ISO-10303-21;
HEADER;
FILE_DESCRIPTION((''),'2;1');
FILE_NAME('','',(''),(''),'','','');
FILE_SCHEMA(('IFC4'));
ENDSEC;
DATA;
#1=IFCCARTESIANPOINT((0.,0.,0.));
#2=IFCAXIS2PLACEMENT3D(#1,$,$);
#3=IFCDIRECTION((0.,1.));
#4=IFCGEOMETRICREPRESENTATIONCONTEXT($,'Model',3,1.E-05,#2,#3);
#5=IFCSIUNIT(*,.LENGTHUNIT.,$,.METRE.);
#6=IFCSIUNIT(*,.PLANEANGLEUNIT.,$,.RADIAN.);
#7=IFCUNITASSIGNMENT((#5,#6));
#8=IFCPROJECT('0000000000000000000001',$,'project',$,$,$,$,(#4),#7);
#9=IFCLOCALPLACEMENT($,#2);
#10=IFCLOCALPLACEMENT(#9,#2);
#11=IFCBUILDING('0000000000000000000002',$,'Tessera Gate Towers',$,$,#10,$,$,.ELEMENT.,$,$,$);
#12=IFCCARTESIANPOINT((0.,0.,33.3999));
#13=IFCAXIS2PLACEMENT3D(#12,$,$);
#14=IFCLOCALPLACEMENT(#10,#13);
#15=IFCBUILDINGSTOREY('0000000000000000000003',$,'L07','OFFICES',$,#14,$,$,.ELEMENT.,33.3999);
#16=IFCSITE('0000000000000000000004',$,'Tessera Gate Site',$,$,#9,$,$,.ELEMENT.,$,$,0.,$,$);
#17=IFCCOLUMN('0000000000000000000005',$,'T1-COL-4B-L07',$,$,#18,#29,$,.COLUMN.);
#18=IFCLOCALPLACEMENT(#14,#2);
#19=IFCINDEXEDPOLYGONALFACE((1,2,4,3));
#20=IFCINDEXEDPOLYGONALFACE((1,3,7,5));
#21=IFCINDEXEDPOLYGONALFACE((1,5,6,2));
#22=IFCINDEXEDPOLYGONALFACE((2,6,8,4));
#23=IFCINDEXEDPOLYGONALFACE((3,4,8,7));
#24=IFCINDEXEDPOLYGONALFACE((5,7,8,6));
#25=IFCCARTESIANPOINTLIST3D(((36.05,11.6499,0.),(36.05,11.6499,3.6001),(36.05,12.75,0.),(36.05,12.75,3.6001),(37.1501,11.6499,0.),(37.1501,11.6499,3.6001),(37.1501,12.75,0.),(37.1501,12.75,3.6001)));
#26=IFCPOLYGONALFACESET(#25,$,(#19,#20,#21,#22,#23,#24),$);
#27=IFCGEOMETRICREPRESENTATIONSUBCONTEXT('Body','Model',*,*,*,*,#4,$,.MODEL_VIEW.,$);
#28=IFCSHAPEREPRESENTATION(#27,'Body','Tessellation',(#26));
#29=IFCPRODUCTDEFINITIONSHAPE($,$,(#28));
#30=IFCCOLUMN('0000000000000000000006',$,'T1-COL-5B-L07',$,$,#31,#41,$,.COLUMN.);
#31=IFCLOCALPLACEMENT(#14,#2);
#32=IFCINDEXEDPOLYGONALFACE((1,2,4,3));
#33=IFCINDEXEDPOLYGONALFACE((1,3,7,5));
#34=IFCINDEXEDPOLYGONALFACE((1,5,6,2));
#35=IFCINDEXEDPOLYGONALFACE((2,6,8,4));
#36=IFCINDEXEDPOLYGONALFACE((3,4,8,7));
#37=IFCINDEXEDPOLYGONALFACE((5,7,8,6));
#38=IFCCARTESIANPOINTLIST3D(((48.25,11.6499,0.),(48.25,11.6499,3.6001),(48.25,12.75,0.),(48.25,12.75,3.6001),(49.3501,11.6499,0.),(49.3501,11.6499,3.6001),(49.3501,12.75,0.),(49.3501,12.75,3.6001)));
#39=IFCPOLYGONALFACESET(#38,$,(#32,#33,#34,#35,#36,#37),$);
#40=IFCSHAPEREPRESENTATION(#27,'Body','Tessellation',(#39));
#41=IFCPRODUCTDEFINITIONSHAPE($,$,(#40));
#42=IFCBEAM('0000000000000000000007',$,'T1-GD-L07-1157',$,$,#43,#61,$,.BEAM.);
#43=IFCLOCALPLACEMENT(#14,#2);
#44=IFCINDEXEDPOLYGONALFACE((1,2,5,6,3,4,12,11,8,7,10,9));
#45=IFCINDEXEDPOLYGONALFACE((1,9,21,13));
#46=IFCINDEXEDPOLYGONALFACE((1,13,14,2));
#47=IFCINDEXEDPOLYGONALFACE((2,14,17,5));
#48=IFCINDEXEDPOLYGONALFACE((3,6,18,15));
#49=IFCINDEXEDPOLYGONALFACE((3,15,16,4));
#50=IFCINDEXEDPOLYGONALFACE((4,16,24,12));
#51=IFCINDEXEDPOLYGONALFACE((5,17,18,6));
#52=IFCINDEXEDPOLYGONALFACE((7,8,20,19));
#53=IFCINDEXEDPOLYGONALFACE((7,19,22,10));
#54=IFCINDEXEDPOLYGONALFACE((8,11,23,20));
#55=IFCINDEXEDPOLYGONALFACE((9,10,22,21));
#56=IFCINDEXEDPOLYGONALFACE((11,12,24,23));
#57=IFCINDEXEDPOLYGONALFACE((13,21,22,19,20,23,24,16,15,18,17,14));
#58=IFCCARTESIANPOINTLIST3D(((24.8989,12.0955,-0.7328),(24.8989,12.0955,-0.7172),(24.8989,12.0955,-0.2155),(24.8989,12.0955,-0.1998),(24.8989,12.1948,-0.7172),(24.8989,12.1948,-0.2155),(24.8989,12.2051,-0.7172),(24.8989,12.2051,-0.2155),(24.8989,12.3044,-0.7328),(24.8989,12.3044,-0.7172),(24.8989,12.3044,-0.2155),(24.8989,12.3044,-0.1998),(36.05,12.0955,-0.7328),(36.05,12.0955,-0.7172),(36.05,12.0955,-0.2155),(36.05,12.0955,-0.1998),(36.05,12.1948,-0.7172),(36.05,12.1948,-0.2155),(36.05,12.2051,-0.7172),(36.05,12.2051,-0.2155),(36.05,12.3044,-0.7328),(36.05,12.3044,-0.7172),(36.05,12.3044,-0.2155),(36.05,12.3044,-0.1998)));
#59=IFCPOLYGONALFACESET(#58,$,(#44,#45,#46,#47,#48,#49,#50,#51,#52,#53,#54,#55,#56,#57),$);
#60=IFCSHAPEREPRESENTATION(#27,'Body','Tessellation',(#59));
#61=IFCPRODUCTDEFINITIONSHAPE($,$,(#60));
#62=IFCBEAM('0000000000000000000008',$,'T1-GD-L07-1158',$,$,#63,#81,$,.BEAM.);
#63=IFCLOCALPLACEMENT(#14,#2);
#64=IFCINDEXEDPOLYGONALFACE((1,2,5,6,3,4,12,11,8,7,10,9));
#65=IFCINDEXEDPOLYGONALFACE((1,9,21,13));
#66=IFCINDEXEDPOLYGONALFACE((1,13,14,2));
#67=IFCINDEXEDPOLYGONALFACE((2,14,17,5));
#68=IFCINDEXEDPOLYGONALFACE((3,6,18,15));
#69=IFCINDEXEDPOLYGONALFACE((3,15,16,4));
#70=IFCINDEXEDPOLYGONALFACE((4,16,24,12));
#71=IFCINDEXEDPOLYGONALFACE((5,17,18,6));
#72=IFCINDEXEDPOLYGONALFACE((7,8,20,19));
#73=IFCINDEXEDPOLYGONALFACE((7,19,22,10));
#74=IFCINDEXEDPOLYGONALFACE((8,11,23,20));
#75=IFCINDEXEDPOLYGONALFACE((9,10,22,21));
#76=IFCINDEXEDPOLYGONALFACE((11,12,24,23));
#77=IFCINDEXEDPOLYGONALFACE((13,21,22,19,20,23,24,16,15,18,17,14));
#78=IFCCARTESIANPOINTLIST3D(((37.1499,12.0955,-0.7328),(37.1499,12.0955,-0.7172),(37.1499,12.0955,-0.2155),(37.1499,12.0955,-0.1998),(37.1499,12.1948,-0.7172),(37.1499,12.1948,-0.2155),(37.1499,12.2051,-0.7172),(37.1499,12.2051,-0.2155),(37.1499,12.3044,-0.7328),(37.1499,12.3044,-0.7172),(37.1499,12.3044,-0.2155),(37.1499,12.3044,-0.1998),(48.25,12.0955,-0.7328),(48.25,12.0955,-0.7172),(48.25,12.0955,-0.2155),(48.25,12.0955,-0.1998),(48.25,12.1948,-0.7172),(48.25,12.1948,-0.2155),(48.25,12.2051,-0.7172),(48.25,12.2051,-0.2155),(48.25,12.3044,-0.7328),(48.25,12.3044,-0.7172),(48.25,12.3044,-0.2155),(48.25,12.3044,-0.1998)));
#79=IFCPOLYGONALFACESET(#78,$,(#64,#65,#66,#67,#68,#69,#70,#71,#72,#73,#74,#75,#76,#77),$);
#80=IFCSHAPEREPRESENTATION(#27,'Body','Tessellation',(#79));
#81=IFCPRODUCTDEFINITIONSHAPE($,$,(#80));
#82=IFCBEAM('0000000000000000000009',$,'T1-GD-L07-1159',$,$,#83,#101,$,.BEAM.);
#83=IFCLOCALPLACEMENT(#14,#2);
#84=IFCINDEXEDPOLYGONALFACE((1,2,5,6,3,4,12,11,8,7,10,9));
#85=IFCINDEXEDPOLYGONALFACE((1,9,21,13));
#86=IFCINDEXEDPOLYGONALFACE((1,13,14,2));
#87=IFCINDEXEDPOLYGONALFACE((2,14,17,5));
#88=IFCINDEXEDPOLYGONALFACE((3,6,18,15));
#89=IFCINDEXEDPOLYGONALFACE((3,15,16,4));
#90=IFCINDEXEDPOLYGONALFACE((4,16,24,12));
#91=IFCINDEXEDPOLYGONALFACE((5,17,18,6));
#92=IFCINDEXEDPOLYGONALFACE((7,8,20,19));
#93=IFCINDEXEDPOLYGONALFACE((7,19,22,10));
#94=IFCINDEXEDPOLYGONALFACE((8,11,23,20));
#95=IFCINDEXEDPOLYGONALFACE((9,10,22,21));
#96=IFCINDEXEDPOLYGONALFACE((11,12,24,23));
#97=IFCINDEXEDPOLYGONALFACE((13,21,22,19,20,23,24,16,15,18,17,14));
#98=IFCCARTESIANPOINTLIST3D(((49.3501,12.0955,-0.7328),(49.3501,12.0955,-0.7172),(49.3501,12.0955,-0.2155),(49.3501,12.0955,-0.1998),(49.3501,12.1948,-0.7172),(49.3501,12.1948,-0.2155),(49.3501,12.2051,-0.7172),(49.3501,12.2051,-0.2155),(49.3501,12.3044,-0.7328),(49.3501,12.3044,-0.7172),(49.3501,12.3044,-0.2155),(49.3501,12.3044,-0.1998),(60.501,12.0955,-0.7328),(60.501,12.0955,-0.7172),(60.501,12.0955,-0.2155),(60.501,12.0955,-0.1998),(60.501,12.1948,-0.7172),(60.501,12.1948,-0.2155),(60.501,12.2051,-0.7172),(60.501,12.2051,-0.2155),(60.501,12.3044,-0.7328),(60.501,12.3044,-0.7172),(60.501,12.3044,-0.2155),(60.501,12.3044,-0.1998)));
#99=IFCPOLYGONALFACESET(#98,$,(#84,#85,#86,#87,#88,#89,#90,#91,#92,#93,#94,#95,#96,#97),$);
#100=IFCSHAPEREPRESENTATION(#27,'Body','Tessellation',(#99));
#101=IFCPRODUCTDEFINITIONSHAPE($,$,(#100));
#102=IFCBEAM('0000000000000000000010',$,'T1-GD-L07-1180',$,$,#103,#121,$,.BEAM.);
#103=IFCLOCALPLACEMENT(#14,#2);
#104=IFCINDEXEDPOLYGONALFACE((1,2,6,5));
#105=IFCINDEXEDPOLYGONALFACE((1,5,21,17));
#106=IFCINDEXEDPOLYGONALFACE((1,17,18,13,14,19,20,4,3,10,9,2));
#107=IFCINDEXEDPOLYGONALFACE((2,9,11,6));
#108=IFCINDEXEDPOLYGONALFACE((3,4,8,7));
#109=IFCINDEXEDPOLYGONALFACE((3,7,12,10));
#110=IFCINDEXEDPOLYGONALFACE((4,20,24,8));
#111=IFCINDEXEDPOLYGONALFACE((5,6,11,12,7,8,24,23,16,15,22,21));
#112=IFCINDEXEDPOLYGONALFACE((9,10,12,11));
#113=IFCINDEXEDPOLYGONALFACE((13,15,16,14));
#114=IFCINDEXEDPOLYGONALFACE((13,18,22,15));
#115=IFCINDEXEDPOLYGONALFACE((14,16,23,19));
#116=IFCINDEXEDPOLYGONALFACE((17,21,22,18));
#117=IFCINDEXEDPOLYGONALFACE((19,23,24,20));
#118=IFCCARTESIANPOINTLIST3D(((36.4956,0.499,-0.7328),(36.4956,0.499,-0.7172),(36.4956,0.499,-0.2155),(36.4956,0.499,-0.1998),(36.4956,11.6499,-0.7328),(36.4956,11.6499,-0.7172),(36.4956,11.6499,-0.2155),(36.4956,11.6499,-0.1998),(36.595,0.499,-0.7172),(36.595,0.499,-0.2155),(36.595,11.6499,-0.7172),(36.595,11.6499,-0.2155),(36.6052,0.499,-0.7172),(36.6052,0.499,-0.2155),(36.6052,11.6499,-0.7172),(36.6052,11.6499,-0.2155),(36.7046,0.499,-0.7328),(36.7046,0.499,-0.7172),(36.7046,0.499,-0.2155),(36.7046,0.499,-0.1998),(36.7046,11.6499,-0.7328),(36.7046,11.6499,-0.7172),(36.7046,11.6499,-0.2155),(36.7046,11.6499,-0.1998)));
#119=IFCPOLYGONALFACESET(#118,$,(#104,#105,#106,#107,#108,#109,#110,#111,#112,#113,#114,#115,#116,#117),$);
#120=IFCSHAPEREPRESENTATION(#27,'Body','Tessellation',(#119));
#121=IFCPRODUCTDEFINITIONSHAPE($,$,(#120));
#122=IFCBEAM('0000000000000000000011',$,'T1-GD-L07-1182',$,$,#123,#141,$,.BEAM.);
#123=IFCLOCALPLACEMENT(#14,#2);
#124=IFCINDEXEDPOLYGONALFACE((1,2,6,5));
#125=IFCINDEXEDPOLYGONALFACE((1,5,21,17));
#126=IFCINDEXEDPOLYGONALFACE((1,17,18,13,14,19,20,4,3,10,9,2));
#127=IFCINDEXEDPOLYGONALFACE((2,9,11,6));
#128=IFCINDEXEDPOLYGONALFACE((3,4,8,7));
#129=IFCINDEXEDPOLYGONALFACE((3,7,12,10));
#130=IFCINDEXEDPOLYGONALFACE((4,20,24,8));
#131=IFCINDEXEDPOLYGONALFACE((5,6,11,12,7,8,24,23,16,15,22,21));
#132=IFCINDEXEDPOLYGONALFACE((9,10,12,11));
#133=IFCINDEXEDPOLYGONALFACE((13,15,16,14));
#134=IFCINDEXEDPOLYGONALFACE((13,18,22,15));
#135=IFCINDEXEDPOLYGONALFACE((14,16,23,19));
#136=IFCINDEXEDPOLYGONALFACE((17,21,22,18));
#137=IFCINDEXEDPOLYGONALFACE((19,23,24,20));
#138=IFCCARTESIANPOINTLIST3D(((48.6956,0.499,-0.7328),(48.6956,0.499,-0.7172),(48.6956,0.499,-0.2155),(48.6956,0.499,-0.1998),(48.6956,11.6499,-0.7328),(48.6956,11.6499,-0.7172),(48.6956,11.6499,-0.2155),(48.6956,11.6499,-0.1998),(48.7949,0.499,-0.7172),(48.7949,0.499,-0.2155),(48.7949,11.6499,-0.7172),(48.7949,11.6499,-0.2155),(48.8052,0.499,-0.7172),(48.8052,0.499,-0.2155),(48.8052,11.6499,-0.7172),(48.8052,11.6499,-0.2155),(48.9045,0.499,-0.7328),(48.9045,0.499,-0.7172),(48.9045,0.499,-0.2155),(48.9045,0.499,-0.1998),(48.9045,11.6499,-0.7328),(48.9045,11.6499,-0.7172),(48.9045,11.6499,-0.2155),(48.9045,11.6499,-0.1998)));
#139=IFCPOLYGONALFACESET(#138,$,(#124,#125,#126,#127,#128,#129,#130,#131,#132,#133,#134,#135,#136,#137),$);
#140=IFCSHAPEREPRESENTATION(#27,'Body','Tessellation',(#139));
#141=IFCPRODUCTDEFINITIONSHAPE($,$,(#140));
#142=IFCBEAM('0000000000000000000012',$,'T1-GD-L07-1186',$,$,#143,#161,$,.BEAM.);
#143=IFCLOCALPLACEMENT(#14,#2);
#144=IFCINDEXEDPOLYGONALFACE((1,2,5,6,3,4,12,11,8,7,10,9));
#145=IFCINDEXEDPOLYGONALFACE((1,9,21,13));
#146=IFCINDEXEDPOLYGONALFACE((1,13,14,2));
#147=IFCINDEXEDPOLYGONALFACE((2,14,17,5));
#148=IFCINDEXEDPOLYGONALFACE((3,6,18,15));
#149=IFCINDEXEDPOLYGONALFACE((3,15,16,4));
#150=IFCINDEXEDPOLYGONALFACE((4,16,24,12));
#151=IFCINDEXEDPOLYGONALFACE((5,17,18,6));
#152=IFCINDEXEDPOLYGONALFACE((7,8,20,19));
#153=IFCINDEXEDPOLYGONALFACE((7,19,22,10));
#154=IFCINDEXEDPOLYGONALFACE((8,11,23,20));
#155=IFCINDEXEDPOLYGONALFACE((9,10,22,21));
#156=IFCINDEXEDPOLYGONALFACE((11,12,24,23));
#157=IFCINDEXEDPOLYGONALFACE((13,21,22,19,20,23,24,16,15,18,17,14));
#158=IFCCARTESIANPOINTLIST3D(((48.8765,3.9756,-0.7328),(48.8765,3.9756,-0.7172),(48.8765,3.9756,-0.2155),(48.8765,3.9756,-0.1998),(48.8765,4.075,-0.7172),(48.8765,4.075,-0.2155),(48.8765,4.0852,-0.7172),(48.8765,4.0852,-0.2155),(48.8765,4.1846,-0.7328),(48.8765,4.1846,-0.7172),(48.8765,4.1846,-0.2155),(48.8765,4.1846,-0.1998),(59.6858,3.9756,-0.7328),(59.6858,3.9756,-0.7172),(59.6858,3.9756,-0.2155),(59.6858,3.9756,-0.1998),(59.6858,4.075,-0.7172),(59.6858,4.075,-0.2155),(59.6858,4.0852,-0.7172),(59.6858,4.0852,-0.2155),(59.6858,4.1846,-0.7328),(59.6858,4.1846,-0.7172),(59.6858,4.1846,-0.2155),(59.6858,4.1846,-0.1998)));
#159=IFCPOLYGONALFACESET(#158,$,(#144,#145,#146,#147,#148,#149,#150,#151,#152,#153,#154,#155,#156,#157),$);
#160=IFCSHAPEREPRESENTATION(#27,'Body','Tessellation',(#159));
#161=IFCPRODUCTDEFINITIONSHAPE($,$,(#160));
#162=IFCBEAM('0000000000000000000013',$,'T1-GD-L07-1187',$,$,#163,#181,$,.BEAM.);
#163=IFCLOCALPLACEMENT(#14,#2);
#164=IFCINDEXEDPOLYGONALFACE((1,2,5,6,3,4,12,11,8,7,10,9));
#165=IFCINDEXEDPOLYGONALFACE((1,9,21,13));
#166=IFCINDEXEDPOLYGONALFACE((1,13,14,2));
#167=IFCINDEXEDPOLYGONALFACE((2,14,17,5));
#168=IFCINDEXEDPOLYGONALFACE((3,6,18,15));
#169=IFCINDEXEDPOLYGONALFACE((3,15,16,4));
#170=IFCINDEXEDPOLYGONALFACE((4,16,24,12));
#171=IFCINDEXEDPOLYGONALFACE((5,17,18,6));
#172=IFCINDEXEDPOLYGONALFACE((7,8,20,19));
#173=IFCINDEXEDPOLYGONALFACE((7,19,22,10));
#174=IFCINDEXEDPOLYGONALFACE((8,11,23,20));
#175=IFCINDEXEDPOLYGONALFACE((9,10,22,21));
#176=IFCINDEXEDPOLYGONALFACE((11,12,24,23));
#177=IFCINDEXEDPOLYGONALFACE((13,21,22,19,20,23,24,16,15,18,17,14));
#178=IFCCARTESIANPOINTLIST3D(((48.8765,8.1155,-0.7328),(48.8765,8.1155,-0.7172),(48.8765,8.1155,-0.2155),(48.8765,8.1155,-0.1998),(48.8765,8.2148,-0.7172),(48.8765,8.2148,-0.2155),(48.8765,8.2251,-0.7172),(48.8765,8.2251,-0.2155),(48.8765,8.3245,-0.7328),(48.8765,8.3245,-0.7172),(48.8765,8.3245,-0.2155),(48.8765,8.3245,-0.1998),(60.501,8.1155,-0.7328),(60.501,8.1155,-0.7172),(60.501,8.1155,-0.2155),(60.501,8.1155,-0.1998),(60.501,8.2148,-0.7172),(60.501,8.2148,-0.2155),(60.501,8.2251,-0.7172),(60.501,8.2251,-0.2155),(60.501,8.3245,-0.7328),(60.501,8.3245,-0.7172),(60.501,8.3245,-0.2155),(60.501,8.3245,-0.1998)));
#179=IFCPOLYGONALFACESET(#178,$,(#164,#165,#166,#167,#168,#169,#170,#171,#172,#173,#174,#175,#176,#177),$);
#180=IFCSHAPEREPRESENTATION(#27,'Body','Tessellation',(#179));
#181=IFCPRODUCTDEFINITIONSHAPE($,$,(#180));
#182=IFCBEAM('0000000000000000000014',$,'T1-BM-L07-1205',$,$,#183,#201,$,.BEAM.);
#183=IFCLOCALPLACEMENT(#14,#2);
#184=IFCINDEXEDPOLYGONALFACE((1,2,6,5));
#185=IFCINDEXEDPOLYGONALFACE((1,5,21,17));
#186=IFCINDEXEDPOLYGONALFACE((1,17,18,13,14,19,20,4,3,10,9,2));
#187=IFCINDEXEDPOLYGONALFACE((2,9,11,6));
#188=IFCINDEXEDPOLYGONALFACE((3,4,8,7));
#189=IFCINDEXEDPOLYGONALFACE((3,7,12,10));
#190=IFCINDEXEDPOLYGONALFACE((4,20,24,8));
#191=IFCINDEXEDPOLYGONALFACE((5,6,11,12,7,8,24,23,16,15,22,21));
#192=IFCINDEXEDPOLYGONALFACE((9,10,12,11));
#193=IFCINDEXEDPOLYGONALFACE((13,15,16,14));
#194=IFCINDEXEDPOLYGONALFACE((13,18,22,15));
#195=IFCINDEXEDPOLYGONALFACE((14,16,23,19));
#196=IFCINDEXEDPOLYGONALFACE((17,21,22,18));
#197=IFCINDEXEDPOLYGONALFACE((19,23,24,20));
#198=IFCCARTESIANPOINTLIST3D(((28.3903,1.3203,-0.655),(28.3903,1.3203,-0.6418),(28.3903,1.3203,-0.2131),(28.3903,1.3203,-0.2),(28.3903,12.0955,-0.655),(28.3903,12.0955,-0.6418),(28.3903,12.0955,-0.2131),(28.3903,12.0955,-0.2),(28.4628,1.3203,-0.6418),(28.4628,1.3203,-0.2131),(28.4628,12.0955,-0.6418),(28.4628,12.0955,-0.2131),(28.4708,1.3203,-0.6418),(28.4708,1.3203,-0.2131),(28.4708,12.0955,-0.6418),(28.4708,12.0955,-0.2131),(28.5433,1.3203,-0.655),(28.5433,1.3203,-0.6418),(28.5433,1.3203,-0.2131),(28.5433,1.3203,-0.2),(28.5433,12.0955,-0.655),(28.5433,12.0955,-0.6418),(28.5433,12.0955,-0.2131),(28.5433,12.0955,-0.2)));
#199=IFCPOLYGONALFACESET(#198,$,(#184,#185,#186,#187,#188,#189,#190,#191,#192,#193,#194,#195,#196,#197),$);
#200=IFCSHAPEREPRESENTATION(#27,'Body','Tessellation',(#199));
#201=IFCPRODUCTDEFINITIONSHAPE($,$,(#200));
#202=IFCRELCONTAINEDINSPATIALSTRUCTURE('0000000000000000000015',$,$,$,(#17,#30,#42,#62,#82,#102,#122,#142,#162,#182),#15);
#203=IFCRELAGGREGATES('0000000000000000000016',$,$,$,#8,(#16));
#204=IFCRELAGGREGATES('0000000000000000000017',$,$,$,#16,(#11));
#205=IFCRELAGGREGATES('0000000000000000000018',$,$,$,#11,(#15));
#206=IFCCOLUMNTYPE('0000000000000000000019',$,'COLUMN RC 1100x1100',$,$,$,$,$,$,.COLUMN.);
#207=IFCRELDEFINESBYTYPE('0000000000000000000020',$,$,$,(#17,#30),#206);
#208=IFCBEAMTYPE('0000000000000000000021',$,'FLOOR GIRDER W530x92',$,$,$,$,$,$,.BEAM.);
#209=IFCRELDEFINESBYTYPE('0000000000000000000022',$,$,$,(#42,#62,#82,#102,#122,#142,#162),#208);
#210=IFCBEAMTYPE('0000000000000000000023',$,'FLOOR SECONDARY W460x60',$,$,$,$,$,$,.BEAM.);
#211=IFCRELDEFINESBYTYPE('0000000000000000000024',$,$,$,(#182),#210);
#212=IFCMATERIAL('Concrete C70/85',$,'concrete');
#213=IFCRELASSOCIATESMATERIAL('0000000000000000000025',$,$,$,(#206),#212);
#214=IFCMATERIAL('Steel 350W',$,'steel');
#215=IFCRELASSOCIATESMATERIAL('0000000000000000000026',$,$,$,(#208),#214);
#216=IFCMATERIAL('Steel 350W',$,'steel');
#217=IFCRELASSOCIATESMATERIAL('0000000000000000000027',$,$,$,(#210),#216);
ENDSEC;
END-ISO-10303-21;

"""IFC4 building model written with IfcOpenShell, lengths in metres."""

from ifc_helpers import new_model, si_unit, direction, frame, origin, origin_2d, place, context, subcontext, project, spatial, rectangle, i_section, extrude, material, material_profile, profile_set, type_object, element, save


model = new_model("IFC4")

# Units and contexts
model_context = context("Model", 3, precision=1e-05, world=origin(), true_north=direction((0.0, 1.0)))
body_context = subcontext(model_context, "Body", "Model", "MODEL_VIEW")
ifc_project = project(units=[si_unit("LENGTHUNIT", "METRE"), si_unit("PLANEANGLEUNIT", "RADIAN")], contexts=[model_context])

# Site, building, storey
site_placement = place(None, origin())
site = spatial("IfcSite", under=ifc_project, at=site_placement, Name="Tessera Gate Site", CompositionType="ELEMENT", RefElevation=0.0)
building_placement = place(site_placement, origin())
building = spatial("IfcBuilding", under=site, at=building_placement, Name="Tessera Gate Towers", CompositionType="ELEMENT")
storey_placement = place(building_placement, frame((0.0, 0.0, 33.3999)))
storey = spatial("IfcBuildingStorey", under=building, at=storey_placement, Name="L07", Description="OFFICES", CompositionType="ELEMENT", Elevation=33.3999)

# Columns
ifc_material_1 = material(Name="Concrete C70/85", Category="concrete")
ifc_material_profile_1 = material_profile(ifc_material_1, rectangle(XDim=1.1001, YDim=1.1001, at=origin_2d()), Name="RC 1100x1100")
ifc_profile_set_1 = profile_set([ifc_material_profile_1], Name="Concrete C70/85")
column_type = type_object("IfcColumnType", Name="COLUMN RC 1100x1100", PredefinedType="COLUMN", material=ifc_profile_set_1)
for number, where, z_axis, x_axis, name in (
    (1, (36.6001, 12.2, 0.0), (0.0, 0.0, 1.0), (1.0, 0.0, 0.0), "T1-COL-4B-L07"),
    (2, (48.8, 12.2, 0.0), (0.0, 0.0, 1.0), (1.0, 0.0, 0.0), "T1-COL-5B-L07"),
):
    element("IfcColumn", number, at=place(storey_placement, frame(where, z_axis=z_axis, x_axis=x_axis)), inside=storey, type_object=column_type, Name=name, PredefinedType="COLUMN", context=body_context, shape_type="SweptSolid", body=[
        extrude(rectangle(XDim=1.1001, YDim=1.1001, at=origin_2d()), origin(), (0.0, 0.0, 1.0), 3.6001),
    ])

# Beams
ifc_material_2 = material(Name="Steel 350W", Category="steel")
ifc_material_profile_2 = material_profile(ifc_material_2, i_section(OverallWidth=0.209, OverallDepth=0.533, WebThickness=0.0103, FlangeThickness=0.0156, at=origin_2d()), Name="W530x92")
ifc_profile_set_2 = profile_set([ifc_material_profile_2], Name="Steel 350W")
beam_type_1 = type_object("IfcBeamType", Name="FLOOR GIRDER W530x92", PredefinedType="BEAM", material=ifc_profile_set_2)
beam_1_placement = place(storey_placement, frame((24.8989, 12.2, -0.4663), z_axis=(1.0, 0.0, 0.0), x_axis=(0.0, 1.0, 0.0)))
element("IfcBeam", 3, at=beam_1_placement, inside=storey, type_object=beam_type_1, Name="T1-GD-L07-1157", PredefinedType="BEAM", context=body_context, shape_type="SweptSolid", body=[
    extrude(i_section(OverallWidth=0.209, OverallDepth=0.533, WebThickness=0.0103, FlangeThickness=0.0156, at=origin_2d()), origin(), (0.0, 0.0, 1.0), 11.1511),
])
beam_2_placement = place(storey_placement, frame((37.1499, 12.2, -0.4663), z_axis=(1.0, 0.0, 0.0), x_axis=(0.0, 1.0, 0.0)))
element("IfcBeam", 4, at=beam_2_placement, inside=storey, type_object=beam_type_1, Name="T1-GD-L07-1158", PredefinedType="BEAM", context=body_context, shape_type="SweptSolid", body=[
    extrude(i_section(OverallWidth=0.209, OverallDepth=0.533, WebThickness=0.0103, FlangeThickness=0.0156, at=origin_2d()), origin(), (0.0, 0.0, 1.0), 11.1001),
])
for number, where, z_axis, x_axis, name in (
    (5, (49.3501, 12.2, -0.4663), (1.0, 0.0, 0.0), (0.0, 1.0, 0.0), "T1-GD-L07-1159"),
    (6, (36.6001, 0.499, -0.4663), (0.0, 1.0, 0.0), (-1.0, 0.0, 0.0), "T1-GD-L07-1180"),
    (7, (48.8, 0.499, -0.4663), (0.0, 1.0, 0.0), (-1.0, 0.0, 0.0), "T1-GD-L07-1182"),
):
    element("IfcBeam", number, at=place(storey_placement, frame(where, z_axis=z_axis, x_axis=x_axis)), inside=storey, type_object=beam_type_1, Name=name, PredefinedType="BEAM", context=body_context, shape_type="SweptSolid", body=[
        extrude(i_section(OverallWidth=0.209, OverallDepth=0.533, WebThickness=0.0103, FlangeThickness=0.0156, at=origin_2d()), origin(), (0.0, 0.0, 1.0), 11.1509),
    ])
beam_3_placement = place(storey_placement, frame((48.8765, 4.0801, -0.4663), z_axis=(1.0, 0.0, 0.0), x_axis=(0.0, 1.0, 0.0)))
element("IfcBeam", 8, at=beam_3_placement, inside=storey, type_object=beam_type_1, Name="T1-GD-L07-1186", PredefinedType="BEAM", context=body_context, shape_type="SweptSolid", body=[
    extrude(i_section(OverallWidth=0.209, OverallDepth=0.533, WebThickness=0.0103, FlangeThickness=0.0156, at=origin_2d()), origin(), (0.0, 0.0, 1.0), 10.8093),
])
beam_4_placement = place(storey_placement, frame((48.8765, 8.22, -0.4663), z_axis=(1.0, 0.0, 0.0), x_axis=(0.0, 1.0, 0.0)))
element("IfcBeam", 9, at=beam_4_placement, inside=storey, type_object=beam_type_1, Name="T1-GD-L07-1187", PredefinedType="BEAM", context=body_context, shape_type="SweptSolid", body=[
    extrude(i_section(OverallWidth=0.209, OverallDepth=0.533, WebThickness=0.0103, FlangeThickness=0.0156, at=origin_2d()), origin(), (0.0, 0.0, 1.0), 11.6245),
])
ifc_material_3 = material(Name="Steel 350W", Category="steel")
ifc_material_profile_3 = material_profile(ifc_material_3, i_section(OverallWidth=0.1531, OverallDepth=0.4551, WebThickness=0.0081, FlangeThickness=0.0132, at=origin_2d()), Name="W460x60")
ifc_profile_set_3 = profile_set([ifc_material_profile_3], Name="Steel 350W")
beam_type_2 = type_object("IfcBeamType", Name="FLOOR SECONDARY W460x60", PredefinedType="BEAM", material=ifc_profile_set_3)
beam_5_placement = place(storey_placement, frame((28.4668, 1.3203, -0.4275), z_axis=(0.0, 1.0, 0.0), x_axis=(-1.0, 0.0, 0.0)))
element("IfcBeam", 10, at=beam_5_placement, inside=storey, type_object=beam_type_2, Name="T1-BM-L07-1205", PredefinedType="BEAM", context=body_context, shape_type="SweptSolid", body=[
    extrude(i_section(OverallWidth=0.1531, OverallDepth=0.4551, WebThickness=0.0081, FlangeThickness=0.0132, at=origin_2d()), origin(), (0.0, 0.0, 1.0), 10.7751),
])

save(model, "model.ifc")
